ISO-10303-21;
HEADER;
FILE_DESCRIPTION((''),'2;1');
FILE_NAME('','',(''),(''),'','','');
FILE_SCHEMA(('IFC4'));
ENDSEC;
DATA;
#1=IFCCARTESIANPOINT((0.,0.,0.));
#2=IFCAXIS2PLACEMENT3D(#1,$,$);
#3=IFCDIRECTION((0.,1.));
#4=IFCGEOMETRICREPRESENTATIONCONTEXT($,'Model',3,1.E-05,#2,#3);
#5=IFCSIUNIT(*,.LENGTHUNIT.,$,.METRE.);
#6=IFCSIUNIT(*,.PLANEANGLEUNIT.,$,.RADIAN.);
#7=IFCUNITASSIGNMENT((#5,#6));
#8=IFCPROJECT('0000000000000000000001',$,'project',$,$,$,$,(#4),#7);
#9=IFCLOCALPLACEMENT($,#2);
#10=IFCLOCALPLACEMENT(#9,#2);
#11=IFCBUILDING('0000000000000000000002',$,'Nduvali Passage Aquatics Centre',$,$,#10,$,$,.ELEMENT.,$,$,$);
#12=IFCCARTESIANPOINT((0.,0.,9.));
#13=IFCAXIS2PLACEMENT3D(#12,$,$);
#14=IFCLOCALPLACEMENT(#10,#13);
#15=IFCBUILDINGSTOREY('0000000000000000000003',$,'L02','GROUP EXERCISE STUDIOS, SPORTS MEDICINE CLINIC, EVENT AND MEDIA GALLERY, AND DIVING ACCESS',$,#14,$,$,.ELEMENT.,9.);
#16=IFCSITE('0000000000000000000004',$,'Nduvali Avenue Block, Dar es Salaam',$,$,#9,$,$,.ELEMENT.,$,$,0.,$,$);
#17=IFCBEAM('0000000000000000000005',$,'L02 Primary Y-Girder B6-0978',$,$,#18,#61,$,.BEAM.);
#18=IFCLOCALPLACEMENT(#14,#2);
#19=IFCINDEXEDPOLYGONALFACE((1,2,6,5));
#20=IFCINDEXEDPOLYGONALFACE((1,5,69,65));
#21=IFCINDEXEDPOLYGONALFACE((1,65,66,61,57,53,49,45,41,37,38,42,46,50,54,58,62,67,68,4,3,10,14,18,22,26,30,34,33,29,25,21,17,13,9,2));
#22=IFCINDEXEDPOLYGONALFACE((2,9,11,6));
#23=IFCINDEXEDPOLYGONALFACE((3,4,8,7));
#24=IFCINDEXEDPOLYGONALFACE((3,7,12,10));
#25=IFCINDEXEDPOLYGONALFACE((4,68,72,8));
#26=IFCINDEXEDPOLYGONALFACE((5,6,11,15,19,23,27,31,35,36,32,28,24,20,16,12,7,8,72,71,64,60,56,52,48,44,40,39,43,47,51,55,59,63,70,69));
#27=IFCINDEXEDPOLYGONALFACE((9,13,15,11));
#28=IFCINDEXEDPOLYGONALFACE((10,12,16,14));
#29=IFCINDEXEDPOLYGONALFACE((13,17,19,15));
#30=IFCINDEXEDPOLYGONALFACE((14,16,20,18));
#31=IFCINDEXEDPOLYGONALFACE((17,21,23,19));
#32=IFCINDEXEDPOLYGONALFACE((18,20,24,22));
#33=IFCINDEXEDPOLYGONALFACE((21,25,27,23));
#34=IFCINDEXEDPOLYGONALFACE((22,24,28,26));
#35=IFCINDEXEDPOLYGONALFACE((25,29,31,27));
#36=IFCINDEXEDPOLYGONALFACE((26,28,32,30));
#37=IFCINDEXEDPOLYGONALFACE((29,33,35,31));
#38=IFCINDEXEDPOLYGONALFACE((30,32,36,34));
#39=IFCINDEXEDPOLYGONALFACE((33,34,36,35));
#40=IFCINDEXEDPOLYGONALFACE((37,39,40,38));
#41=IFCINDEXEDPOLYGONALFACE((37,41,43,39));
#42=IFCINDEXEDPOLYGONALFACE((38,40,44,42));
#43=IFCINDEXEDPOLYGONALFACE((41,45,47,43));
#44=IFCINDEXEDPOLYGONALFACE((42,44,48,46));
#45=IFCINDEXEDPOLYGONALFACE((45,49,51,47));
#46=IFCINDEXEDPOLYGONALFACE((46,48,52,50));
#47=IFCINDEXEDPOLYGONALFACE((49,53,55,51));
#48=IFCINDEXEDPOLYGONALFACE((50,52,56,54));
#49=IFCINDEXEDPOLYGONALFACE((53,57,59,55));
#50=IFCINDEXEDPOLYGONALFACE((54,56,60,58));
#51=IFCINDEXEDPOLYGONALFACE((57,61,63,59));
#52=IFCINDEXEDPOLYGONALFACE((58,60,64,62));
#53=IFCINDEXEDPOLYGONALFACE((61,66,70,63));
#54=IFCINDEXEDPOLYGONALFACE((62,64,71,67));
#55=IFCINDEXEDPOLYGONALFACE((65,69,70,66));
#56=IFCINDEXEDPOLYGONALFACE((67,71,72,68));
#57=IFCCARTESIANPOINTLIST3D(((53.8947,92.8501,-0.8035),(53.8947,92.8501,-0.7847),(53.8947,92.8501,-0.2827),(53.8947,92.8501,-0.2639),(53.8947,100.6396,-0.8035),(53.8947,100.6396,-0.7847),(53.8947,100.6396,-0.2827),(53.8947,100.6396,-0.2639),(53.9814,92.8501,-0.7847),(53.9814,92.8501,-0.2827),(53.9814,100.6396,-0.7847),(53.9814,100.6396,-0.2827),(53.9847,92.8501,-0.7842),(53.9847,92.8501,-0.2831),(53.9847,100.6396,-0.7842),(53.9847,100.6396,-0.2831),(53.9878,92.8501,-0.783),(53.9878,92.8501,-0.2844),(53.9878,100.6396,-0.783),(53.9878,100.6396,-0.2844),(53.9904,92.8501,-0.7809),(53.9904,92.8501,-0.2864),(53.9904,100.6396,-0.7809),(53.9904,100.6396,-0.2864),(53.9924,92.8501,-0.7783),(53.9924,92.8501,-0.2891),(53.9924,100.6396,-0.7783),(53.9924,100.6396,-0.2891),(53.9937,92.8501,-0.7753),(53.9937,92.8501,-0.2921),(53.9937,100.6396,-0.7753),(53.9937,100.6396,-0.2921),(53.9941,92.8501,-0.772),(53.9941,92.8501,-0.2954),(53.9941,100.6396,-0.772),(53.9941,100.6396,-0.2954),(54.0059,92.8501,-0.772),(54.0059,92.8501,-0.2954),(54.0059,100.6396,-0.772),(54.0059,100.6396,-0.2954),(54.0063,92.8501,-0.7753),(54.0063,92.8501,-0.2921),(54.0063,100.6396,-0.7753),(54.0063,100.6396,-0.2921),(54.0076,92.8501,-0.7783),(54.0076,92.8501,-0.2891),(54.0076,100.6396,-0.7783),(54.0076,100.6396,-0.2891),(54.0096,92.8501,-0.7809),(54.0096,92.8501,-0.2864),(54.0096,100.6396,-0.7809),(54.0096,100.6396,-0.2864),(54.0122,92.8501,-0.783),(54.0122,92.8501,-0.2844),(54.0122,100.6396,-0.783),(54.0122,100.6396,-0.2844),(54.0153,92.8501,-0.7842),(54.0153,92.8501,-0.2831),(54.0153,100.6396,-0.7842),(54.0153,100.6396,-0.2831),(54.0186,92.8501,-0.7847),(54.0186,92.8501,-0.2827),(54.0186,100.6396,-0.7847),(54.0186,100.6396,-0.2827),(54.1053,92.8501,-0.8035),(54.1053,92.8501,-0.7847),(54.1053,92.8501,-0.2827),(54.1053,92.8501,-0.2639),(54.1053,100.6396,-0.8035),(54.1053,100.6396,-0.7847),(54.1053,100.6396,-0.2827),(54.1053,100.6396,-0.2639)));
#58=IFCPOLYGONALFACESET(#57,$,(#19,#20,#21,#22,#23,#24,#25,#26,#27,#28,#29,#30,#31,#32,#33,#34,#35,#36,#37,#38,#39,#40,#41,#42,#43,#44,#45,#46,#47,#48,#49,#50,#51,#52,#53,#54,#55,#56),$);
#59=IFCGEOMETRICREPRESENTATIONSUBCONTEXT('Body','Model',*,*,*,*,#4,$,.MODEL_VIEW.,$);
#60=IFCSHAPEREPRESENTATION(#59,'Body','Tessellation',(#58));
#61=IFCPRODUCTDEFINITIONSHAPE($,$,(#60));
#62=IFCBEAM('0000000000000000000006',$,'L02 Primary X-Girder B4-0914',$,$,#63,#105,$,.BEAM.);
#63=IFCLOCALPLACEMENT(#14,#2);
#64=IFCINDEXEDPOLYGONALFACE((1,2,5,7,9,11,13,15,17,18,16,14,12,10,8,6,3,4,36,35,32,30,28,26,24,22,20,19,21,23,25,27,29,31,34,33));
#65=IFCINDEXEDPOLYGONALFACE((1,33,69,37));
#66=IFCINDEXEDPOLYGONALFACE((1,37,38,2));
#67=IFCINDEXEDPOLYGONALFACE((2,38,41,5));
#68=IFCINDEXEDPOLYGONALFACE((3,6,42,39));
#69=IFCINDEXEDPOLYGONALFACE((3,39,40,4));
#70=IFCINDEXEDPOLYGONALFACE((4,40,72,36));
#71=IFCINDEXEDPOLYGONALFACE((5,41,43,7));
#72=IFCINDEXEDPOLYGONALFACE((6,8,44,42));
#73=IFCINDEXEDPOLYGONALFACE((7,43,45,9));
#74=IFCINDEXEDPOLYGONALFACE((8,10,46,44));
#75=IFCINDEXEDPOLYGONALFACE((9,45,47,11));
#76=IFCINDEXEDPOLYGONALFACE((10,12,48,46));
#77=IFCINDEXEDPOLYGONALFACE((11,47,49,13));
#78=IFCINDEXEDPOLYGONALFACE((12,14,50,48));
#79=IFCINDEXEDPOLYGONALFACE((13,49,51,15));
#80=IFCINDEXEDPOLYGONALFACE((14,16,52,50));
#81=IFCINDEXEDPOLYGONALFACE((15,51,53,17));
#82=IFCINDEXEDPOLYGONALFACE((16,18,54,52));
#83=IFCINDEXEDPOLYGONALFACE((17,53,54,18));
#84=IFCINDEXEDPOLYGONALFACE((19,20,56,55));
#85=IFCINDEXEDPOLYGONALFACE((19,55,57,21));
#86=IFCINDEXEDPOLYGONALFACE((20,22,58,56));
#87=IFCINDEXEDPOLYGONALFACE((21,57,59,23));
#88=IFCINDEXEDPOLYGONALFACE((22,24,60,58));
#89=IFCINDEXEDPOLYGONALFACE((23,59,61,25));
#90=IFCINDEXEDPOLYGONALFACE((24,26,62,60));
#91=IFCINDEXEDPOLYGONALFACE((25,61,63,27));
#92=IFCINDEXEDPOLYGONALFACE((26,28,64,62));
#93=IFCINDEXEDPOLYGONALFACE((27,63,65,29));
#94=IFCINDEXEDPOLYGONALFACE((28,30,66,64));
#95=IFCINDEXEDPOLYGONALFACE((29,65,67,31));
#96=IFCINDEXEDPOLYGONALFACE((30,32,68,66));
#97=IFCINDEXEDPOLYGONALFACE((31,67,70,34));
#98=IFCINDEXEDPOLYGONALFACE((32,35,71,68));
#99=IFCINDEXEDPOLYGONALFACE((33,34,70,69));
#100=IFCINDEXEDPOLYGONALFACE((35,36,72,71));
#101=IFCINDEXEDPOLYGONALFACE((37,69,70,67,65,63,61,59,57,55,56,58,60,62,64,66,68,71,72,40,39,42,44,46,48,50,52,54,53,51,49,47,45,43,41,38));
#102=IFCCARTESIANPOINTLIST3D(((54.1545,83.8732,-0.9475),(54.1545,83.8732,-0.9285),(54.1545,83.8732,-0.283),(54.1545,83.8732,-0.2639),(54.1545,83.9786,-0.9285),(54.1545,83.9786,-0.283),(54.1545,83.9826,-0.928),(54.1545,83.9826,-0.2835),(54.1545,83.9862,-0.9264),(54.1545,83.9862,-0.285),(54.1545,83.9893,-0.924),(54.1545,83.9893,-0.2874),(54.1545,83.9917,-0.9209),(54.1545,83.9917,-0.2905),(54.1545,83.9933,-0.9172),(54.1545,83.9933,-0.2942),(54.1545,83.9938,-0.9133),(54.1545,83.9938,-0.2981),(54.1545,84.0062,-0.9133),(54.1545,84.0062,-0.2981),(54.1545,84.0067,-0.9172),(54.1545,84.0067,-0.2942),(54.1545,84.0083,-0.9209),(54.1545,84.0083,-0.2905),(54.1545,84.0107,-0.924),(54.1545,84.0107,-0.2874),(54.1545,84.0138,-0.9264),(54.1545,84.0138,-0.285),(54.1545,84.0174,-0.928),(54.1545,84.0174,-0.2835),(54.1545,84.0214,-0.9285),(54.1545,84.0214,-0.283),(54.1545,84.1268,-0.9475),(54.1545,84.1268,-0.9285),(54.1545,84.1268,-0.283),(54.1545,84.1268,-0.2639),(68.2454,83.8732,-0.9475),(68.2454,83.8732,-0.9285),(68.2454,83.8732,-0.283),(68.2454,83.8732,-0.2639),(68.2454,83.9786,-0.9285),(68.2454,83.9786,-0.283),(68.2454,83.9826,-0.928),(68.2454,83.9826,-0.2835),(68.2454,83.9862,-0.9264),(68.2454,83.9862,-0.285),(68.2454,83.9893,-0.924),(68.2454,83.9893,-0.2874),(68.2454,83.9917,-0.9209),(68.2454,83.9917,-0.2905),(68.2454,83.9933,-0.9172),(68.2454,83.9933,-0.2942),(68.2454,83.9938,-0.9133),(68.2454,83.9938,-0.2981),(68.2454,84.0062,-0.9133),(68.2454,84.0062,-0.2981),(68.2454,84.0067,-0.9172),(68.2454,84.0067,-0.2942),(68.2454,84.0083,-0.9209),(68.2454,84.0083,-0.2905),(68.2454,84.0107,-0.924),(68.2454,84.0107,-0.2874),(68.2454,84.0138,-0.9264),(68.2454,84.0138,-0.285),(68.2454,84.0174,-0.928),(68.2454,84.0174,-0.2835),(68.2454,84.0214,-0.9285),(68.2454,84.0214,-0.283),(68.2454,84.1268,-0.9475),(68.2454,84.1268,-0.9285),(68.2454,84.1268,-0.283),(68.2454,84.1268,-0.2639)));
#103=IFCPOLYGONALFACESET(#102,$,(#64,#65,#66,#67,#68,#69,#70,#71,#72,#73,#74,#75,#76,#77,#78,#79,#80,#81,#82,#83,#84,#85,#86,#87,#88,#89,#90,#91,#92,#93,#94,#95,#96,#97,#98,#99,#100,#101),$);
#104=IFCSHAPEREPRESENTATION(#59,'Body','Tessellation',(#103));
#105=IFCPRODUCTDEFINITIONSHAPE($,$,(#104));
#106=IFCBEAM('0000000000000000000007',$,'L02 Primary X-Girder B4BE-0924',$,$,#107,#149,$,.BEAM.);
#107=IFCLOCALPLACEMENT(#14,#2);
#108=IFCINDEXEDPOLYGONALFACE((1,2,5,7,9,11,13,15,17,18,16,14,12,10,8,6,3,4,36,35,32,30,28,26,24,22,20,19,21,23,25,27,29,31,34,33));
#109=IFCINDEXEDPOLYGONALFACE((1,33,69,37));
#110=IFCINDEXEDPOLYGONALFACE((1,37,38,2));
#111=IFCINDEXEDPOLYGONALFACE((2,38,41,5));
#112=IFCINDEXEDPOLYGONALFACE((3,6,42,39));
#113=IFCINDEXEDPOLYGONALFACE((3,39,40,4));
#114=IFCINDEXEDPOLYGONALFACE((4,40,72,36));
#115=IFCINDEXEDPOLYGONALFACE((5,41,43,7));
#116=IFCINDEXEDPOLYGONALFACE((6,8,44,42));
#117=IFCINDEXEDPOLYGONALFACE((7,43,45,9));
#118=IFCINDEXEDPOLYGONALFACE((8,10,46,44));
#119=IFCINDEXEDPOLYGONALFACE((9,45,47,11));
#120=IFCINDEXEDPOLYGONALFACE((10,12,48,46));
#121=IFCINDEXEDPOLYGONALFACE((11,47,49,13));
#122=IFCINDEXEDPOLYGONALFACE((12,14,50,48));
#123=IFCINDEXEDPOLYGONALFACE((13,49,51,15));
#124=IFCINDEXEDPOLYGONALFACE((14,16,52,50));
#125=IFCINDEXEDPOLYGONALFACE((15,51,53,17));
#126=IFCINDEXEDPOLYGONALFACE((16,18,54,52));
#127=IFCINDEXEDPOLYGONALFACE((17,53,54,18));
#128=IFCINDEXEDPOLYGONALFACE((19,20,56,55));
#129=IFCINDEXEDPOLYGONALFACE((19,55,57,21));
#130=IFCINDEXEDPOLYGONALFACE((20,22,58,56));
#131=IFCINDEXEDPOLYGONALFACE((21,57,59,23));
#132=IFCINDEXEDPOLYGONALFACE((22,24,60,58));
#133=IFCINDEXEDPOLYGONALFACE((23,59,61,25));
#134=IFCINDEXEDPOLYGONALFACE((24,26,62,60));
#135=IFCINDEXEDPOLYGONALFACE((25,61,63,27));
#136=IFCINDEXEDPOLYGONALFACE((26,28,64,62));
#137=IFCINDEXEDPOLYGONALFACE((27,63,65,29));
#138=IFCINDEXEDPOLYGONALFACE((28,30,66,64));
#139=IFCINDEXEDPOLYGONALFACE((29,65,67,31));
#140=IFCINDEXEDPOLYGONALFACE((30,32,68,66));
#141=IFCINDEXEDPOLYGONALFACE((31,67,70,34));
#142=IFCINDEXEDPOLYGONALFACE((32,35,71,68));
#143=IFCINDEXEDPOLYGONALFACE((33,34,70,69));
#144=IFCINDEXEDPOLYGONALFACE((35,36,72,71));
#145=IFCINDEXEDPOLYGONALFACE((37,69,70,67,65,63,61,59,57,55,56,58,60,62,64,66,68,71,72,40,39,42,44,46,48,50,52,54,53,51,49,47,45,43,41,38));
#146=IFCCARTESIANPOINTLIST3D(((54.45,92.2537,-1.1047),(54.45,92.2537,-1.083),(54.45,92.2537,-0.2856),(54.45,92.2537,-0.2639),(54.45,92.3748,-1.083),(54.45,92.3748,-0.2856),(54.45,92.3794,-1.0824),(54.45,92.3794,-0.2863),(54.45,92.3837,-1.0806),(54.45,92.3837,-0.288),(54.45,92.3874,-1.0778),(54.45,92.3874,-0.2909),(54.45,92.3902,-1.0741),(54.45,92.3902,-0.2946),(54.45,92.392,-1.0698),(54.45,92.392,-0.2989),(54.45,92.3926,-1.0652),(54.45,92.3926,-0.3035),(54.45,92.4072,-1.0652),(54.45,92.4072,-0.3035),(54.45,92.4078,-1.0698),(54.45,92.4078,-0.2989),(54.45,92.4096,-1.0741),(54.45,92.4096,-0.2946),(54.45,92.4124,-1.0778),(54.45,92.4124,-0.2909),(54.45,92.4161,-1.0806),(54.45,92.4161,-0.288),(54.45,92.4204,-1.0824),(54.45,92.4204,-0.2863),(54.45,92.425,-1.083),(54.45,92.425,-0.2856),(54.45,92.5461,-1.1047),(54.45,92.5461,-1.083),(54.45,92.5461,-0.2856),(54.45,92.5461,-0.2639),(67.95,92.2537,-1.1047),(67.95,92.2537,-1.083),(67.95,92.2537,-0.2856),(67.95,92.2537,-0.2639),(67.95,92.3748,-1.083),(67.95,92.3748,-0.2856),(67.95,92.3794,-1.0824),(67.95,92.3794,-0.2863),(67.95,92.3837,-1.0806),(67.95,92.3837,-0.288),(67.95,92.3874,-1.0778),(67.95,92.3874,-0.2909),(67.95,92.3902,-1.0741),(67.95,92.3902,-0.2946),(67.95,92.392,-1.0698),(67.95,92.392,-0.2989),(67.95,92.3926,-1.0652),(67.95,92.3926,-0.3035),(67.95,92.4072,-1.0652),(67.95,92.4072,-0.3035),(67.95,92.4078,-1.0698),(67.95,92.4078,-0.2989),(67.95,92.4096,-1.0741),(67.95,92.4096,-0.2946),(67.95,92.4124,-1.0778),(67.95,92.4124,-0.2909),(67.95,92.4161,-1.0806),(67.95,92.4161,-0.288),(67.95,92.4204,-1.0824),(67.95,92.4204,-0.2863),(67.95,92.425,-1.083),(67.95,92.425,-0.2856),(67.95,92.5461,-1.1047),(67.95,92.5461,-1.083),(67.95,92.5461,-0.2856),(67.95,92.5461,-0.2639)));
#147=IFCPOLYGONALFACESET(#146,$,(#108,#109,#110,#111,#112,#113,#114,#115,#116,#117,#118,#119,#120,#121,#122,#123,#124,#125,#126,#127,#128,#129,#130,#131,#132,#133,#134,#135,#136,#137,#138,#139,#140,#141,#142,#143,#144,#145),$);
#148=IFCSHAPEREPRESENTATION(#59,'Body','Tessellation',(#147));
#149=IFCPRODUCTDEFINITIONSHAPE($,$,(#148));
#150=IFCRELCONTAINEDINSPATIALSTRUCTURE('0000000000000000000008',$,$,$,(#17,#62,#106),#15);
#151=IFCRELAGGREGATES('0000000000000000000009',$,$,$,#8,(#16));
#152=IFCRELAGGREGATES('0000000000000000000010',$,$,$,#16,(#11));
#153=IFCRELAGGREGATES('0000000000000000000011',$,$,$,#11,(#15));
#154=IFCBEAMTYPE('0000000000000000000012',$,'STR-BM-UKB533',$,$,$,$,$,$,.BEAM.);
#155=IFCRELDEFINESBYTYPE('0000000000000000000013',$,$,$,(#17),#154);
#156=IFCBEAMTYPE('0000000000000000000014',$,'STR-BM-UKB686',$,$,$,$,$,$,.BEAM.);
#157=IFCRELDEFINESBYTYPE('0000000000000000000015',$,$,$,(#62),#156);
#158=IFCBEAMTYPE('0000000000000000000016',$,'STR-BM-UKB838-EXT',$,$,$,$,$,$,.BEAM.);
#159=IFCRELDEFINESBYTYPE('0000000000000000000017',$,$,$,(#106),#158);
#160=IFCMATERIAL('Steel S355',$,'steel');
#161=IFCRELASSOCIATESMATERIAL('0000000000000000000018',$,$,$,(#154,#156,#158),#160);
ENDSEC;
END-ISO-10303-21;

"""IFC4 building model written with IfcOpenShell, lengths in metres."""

from ifc_helpers import new_model, si_unit, direction, frame, origin, origin_2d, place, context, subcontext, project, spatial, i_section, extrude, material, material_profile, profile_set, type_object, element, save


model = new_model("IFC4")

# Units and contexts
model_context = context("Model", 3, precision=1e-05, world=origin(), true_north=direction((0.0, 1.0)))
body_context = subcontext(model_context, "Body", "Model", "MODEL_VIEW")
ifc_project = project(units=[si_unit("LENGTHUNIT", "METRE"), si_unit("PLANEANGLEUNIT", "RADIAN")], contexts=[model_context])

# Site, building, storey
site_placement = place(None, origin())
site = spatial("IfcSite", under=ifc_project, at=site_placement, Name="Nduvali Avenue Block, Dar es Salaam", CompositionType="ELEMENT", RefElevation=0.0)
building_placement = place(site_placement, origin())
building = spatial("IfcBuilding", under=site, at=building_placement, Name="Nduvali Passage Aquatics Centre", CompositionType="ELEMENT")
storey_placement = place(building_placement, frame((0.0, 0.0, 9.0)))
storey = spatial("IfcBuildingStorey", under=building, at=storey_placement, Name="L02", Description="GROUP EXERCISE STUDIOS, SPORTS MEDICINE CLINIC, EVENT AND MEDIA GALLERY, AND DIVING ACCESS", CompositionType="ELEMENT", Elevation=9.0)

# Beams
ifc_material_1 = material(Name="Steel S355", Category="steel")
ifc_material_profile_1 = material_profile(ifc_material_1, i_section(OverallWidth=0.2107, OverallDepth=0.5396, WebThickness=0.0117, FlangeThickness=0.0188, FilletRadius=0.0127, at=origin_2d()), Name="UKB 533x210x109")
ifc_profile_set_1 = profile_set([ifc_material_profile_1], Name="Steel S355")
beam_type_1 = type_object("IfcBeamType", Name="STR-BM-UKB533", PredefinedType="BEAM", material=ifc_profile_set_1)
for number, where, z_axis, x_axis, name in (
    (1, (54.0, 92.8501, -0.5337), (0.0, 1.0, 0.0), (-1.0, 0.0, 0.0), "L02 Primary Y-Girder B6-0978"),
):
    element("IfcBeam", number, at=place(storey_placement, frame(where, z_axis=z_axis, x_axis=x_axis)), inside=storey, type_object=beam_type_1, Name=name, PredefinedType="BEAM", context=body_context, shape_type="SweptSolid", body=[
        extrude(i_section(OverallWidth=0.2107, OverallDepth=0.5396, WebThickness=0.0117, FlangeThickness=0.0188, FilletRadius=0.0127, at=origin_2d()), origin(), (0.0, 0.0, 1.0), 7.7896),
    ])
ifc_material_profile_2 = material_profile(ifc_material_1, i_section(OverallWidth=0.2537, OverallDepth=0.6836, WebThickness=0.0125, FlangeThickness=0.019, FilletRadius=0.0151, at=origin_2d()), Name="UKB 686x254x140")
ifc_profile_set_2 = profile_set([ifc_material_profile_2], Name="Steel S355")
beam_type_2 = type_object("IfcBeamType", Name="STR-BM-UKB686", PredefinedType="BEAM", material=ifc_profile_set_2)
beam_1_placement = place(storey_placement, frame((54.1545, 84.0, -0.6057), z_axis=(1.0, 0.0, 0.0), x_axis=(0.0, 1.0, 0.0)))
element("IfcBeam", 2, at=beam_1_placement, inside=storey, type_object=beam_type_2, Name="L02 Primary X-Girder B4-0914", PredefinedType="BEAM", context=body_context, shape_type="SweptSolid", body=[
    extrude(i_section(OverallWidth=0.2537, OverallDepth=0.6836, WebThickness=0.0125, FlangeThickness=0.019, FilletRadius=0.0151, at=origin_2d()), origin(), (0.0, 0.0, 1.0), 14.0908),
])
ifc_material_profile_3 = material_profile(ifc_material_1, i_section(OverallWidth=0.2925, OverallDepth=0.8408, WebThickness=0.0146, FlangeThickness=0.0217, FilletRadius=0.0178, at=origin_2d()), Name="UKB 838x292x194")
ifc_profile_set_3 = profile_set([ifc_material_profile_3], Name="Steel S355")
beam_type_3 = type_object("IfcBeamType", Name="STR-BM-UKB838-EXT", PredefinedType="BEAM", material=ifc_profile_set_3)
beam_2_placement = place(storey_placement, frame((54.45, 92.3999, -0.6843), z_axis=(1.0, 0.0, 0.0), x_axis=(0.0, 1.0, 0.0)))
element("IfcBeam", 3, at=beam_2_placement, inside=storey, type_object=beam_type_3, Name="L02 Primary X-Girder B4BE-0924", PredefinedType="BEAM", context=body_context, shape_type="SweptSolid", body=[
    extrude(i_section(OverallWidth=0.2925, OverallDepth=0.8408, WebThickness=0.0146, FlangeThickness=0.0217, FilletRadius=0.0178, at=origin_2d()), origin(), (0.0, 0.0, 1.0), 13.5),
])

save(model, "model.ifc")
